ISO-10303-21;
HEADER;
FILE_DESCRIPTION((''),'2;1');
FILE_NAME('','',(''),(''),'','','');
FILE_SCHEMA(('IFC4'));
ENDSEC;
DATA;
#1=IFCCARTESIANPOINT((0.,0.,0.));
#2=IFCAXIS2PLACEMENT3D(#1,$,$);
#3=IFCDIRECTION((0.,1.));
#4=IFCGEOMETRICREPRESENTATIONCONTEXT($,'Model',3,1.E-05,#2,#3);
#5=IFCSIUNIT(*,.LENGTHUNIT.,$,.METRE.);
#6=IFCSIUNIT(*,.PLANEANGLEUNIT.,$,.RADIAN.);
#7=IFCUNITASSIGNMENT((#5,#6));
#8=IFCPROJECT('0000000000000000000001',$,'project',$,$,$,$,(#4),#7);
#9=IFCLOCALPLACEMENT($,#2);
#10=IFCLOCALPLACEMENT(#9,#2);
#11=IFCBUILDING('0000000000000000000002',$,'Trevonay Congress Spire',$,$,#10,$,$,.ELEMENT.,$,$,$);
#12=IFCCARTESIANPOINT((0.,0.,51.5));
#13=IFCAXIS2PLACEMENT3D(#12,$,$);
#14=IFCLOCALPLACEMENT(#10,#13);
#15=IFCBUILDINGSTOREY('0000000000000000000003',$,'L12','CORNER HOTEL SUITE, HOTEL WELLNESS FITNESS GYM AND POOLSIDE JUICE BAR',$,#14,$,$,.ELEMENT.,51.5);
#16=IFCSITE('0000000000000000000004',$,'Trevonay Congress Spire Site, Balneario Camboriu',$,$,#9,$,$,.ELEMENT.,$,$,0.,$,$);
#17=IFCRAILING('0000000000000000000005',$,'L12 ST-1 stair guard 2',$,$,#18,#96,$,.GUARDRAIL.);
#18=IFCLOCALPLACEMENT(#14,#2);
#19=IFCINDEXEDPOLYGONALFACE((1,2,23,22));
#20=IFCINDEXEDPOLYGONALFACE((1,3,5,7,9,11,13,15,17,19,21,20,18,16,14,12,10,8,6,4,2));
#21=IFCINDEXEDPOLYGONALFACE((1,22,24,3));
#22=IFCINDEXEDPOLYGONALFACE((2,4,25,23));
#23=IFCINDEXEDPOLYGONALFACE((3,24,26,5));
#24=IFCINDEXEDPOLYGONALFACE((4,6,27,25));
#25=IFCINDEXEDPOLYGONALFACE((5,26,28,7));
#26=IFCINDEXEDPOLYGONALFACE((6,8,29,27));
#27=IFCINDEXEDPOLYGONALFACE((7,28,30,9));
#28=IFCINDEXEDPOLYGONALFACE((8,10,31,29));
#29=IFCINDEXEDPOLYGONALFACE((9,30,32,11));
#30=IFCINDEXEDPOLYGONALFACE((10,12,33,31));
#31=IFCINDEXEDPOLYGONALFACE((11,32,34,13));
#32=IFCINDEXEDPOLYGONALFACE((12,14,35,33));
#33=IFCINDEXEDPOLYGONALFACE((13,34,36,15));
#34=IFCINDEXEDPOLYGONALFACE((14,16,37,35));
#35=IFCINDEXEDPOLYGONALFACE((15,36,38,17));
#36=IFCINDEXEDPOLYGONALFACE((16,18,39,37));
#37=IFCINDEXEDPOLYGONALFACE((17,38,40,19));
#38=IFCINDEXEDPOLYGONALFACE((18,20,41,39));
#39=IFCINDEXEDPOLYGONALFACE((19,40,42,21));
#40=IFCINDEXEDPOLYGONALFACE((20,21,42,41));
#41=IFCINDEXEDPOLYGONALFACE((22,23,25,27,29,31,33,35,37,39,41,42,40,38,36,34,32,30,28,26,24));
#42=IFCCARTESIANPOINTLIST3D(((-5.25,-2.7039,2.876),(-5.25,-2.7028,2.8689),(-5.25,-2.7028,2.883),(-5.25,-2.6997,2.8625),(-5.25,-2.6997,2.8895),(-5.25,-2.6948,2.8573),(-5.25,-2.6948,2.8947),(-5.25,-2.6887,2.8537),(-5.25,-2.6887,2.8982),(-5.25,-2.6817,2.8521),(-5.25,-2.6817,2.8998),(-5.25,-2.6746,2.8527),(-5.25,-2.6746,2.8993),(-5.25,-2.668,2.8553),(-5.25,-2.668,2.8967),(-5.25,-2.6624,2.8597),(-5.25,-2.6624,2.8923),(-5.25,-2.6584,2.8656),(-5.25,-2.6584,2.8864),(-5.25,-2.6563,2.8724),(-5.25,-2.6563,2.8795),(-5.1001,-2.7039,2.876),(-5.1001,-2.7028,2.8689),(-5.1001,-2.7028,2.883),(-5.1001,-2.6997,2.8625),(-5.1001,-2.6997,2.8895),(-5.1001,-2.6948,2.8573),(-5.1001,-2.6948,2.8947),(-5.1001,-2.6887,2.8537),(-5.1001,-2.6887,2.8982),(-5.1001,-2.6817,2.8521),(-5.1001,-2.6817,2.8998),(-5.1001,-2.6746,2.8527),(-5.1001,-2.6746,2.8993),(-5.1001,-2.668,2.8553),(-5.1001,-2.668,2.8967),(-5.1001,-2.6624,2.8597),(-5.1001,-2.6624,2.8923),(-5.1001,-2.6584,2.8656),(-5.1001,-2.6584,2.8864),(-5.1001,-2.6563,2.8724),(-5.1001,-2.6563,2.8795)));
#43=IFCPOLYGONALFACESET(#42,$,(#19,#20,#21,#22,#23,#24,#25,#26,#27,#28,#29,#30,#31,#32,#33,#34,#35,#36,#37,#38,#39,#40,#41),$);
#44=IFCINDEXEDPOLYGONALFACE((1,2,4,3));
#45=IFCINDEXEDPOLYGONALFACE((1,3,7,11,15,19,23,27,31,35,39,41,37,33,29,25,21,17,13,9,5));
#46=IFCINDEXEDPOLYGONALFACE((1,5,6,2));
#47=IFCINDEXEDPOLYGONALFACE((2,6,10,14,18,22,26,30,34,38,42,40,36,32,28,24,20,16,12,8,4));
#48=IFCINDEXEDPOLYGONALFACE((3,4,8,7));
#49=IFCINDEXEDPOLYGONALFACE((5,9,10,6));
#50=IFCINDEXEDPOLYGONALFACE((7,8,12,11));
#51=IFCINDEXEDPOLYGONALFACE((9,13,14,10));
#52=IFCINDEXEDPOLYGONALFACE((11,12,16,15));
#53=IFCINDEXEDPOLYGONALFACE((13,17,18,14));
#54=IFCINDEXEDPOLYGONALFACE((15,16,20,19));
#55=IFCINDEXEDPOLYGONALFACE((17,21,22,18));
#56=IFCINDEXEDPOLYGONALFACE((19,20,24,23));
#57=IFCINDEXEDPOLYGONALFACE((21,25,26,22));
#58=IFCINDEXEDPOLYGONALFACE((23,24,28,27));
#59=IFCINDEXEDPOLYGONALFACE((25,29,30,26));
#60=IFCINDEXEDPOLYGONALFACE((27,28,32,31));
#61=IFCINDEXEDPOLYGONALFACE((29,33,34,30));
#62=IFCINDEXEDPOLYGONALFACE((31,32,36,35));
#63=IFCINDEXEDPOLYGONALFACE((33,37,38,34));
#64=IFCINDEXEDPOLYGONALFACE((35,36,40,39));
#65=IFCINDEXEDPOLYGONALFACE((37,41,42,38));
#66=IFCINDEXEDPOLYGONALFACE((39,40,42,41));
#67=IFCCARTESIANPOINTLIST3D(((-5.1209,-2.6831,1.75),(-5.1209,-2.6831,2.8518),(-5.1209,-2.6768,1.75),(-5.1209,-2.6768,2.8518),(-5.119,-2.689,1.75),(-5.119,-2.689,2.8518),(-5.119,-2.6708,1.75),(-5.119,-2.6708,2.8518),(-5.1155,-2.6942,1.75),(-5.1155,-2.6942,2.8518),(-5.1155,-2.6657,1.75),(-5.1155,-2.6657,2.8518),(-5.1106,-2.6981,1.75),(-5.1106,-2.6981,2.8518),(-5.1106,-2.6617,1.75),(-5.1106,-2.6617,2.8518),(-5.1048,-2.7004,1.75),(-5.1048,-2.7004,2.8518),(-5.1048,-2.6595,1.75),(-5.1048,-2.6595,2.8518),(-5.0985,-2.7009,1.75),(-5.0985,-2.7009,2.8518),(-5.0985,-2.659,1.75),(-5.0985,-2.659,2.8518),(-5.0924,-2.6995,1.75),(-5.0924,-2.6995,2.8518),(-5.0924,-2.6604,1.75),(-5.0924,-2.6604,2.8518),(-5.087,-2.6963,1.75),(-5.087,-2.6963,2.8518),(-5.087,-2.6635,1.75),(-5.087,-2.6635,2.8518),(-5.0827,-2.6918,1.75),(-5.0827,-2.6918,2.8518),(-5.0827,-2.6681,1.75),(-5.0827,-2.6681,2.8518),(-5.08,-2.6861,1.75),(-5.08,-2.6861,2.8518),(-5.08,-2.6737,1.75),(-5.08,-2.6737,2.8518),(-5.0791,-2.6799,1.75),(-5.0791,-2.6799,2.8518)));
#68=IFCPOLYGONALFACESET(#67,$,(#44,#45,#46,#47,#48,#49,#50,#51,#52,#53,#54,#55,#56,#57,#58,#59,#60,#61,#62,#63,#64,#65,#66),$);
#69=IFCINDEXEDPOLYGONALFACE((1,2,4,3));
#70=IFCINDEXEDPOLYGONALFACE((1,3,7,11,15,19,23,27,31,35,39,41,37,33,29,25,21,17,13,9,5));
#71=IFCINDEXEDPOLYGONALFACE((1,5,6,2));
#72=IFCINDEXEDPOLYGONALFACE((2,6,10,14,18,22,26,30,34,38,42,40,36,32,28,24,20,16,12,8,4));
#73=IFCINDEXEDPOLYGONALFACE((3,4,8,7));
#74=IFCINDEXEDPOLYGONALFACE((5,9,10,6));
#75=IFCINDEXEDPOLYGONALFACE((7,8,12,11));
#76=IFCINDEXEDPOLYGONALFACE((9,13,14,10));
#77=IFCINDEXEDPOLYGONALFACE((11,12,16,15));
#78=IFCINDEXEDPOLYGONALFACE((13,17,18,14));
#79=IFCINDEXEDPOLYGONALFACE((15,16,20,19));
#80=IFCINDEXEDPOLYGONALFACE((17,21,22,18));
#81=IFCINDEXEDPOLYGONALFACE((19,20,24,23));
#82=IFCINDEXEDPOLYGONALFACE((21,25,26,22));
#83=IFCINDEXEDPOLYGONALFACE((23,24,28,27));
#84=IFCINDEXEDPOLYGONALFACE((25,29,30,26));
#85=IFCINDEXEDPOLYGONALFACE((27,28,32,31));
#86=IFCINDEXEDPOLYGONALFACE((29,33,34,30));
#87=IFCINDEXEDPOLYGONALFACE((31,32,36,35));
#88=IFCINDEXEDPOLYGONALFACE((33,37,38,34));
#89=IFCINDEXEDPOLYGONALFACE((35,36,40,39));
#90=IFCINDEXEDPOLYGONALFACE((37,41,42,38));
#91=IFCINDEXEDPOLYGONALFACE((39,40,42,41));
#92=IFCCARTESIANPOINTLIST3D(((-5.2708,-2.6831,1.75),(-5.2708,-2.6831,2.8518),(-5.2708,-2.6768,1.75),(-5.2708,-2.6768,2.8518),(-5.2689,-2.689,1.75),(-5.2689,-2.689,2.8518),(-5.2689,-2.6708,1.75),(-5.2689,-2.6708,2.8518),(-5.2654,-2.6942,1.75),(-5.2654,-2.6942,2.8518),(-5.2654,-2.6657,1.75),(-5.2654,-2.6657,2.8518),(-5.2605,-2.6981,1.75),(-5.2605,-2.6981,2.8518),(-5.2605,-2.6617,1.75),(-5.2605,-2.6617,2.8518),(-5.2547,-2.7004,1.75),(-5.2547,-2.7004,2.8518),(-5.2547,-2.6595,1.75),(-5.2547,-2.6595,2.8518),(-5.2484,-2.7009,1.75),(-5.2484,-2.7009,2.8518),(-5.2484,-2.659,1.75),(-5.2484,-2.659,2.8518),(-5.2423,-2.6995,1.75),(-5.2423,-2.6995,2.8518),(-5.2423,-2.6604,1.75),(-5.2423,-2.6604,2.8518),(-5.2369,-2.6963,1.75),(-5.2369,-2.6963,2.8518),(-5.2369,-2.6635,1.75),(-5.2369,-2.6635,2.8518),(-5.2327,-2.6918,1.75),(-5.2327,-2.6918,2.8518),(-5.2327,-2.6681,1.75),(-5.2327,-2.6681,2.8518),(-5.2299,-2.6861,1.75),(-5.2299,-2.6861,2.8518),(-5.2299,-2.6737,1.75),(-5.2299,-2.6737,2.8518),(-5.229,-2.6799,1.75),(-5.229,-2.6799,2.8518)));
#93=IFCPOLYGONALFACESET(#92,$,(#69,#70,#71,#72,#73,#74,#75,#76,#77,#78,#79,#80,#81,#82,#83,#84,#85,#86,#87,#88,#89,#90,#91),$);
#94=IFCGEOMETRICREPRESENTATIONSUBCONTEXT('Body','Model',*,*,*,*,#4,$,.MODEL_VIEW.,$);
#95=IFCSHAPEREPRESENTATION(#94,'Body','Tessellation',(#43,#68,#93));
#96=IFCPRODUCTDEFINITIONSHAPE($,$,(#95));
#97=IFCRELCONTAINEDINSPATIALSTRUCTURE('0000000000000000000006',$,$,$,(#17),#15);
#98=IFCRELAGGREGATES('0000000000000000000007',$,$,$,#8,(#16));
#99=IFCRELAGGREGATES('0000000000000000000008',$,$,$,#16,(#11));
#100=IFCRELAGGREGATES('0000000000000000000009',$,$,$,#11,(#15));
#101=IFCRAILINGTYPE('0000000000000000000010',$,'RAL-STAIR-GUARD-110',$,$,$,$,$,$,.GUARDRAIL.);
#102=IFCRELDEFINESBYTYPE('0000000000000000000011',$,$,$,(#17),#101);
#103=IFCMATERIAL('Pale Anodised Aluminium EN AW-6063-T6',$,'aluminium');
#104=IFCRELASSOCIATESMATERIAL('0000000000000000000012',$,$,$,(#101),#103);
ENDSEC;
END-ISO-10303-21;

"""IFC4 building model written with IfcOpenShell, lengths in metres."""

from ifc_helpers import new_model, si_unit, direction, frame, origin, origin_2d, place, context, subcontext, project, spatial, circle, extrude, material, type_object, element, save


model = new_model("IFC4")

# Units and contexts
model_context = context("Model", 3, precision=1e-05, world=origin(), true_north=direction((0.0, 1.0)))
body_context = subcontext(model_context, "Body", "Model", "MODEL_VIEW")
ifc_project = project(units=[si_unit("LENGTHUNIT", "METRE"), si_unit("PLANEANGLEUNIT", "RADIAN")], contexts=[model_context])

# Site, building, storey
site_placement = place(None, origin())
site = spatial("IfcSite", under=ifc_project, at=site_placement, Name="Trevonay Congress Spire Site, Balneario Camboriu", CompositionType="ELEMENT", RefElevation=0.0)
building_placement = place(site_placement, origin())
building = spatial("IfcBuilding", under=site, at=building_placement, Name="Trevonay Congress Spire", CompositionType="ELEMENT")
storey_placement = place(building_placement, frame((0.0, 0.0, 51.5)))
storey = spatial("IfcBuildingStorey", under=building, at=storey_placement, Name="L12", Description="CORNER HOTEL SUITE, HOTEL WELLNESS FITNESS GYM AND POOLSIDE JUICE BAR", CompositionType="ELEMENT", Elevation=51.5)

# Shared definitions
ifc_material_1 = material(Name="Pale Anodised Aluminium EN AW-6063-T6", Category="aluminium")

# Railing
railing_type_1 = type_object("IfcRailingType", Name="RAL-STAIR-GUARD-110", PredefinedType="GUARDRAIL", material=ifc_material_1)
railing_1_placement = place(storey_placement, frame((-5.1001, -2.6799, 1.75)))
element("IfcRailing", 1, at=railing_1_placement, inside=storey, type_object=railing_type_1, Name="L12 ST-1 stair guard 2", PredefinedType="GUARDRAIL", context=body_context, shape_type="SweptSolid", body=[
    extrude(circle(Radius=0.0239, at=origin_2d()), frame((0.0, 0.0, 1.126), z_axis=(-1.0, 0.0, 0.0), x_axis=(0.0, -1.0, 0.0)), (0.0, 0.0, 1.0), 0.1499),
    extrude(circle(Radius=0.021, at=origin_2d()), origin(), (0.0, 0.0, 1.0), 1.1018),
    extrude(circle(Radius=0.021, at=origin_2d()), frame((-0.1499, 0.0, 0.0)), (0.0, 0.0, 1.0), 1.1018),
])

save(model, "model.ifc")
